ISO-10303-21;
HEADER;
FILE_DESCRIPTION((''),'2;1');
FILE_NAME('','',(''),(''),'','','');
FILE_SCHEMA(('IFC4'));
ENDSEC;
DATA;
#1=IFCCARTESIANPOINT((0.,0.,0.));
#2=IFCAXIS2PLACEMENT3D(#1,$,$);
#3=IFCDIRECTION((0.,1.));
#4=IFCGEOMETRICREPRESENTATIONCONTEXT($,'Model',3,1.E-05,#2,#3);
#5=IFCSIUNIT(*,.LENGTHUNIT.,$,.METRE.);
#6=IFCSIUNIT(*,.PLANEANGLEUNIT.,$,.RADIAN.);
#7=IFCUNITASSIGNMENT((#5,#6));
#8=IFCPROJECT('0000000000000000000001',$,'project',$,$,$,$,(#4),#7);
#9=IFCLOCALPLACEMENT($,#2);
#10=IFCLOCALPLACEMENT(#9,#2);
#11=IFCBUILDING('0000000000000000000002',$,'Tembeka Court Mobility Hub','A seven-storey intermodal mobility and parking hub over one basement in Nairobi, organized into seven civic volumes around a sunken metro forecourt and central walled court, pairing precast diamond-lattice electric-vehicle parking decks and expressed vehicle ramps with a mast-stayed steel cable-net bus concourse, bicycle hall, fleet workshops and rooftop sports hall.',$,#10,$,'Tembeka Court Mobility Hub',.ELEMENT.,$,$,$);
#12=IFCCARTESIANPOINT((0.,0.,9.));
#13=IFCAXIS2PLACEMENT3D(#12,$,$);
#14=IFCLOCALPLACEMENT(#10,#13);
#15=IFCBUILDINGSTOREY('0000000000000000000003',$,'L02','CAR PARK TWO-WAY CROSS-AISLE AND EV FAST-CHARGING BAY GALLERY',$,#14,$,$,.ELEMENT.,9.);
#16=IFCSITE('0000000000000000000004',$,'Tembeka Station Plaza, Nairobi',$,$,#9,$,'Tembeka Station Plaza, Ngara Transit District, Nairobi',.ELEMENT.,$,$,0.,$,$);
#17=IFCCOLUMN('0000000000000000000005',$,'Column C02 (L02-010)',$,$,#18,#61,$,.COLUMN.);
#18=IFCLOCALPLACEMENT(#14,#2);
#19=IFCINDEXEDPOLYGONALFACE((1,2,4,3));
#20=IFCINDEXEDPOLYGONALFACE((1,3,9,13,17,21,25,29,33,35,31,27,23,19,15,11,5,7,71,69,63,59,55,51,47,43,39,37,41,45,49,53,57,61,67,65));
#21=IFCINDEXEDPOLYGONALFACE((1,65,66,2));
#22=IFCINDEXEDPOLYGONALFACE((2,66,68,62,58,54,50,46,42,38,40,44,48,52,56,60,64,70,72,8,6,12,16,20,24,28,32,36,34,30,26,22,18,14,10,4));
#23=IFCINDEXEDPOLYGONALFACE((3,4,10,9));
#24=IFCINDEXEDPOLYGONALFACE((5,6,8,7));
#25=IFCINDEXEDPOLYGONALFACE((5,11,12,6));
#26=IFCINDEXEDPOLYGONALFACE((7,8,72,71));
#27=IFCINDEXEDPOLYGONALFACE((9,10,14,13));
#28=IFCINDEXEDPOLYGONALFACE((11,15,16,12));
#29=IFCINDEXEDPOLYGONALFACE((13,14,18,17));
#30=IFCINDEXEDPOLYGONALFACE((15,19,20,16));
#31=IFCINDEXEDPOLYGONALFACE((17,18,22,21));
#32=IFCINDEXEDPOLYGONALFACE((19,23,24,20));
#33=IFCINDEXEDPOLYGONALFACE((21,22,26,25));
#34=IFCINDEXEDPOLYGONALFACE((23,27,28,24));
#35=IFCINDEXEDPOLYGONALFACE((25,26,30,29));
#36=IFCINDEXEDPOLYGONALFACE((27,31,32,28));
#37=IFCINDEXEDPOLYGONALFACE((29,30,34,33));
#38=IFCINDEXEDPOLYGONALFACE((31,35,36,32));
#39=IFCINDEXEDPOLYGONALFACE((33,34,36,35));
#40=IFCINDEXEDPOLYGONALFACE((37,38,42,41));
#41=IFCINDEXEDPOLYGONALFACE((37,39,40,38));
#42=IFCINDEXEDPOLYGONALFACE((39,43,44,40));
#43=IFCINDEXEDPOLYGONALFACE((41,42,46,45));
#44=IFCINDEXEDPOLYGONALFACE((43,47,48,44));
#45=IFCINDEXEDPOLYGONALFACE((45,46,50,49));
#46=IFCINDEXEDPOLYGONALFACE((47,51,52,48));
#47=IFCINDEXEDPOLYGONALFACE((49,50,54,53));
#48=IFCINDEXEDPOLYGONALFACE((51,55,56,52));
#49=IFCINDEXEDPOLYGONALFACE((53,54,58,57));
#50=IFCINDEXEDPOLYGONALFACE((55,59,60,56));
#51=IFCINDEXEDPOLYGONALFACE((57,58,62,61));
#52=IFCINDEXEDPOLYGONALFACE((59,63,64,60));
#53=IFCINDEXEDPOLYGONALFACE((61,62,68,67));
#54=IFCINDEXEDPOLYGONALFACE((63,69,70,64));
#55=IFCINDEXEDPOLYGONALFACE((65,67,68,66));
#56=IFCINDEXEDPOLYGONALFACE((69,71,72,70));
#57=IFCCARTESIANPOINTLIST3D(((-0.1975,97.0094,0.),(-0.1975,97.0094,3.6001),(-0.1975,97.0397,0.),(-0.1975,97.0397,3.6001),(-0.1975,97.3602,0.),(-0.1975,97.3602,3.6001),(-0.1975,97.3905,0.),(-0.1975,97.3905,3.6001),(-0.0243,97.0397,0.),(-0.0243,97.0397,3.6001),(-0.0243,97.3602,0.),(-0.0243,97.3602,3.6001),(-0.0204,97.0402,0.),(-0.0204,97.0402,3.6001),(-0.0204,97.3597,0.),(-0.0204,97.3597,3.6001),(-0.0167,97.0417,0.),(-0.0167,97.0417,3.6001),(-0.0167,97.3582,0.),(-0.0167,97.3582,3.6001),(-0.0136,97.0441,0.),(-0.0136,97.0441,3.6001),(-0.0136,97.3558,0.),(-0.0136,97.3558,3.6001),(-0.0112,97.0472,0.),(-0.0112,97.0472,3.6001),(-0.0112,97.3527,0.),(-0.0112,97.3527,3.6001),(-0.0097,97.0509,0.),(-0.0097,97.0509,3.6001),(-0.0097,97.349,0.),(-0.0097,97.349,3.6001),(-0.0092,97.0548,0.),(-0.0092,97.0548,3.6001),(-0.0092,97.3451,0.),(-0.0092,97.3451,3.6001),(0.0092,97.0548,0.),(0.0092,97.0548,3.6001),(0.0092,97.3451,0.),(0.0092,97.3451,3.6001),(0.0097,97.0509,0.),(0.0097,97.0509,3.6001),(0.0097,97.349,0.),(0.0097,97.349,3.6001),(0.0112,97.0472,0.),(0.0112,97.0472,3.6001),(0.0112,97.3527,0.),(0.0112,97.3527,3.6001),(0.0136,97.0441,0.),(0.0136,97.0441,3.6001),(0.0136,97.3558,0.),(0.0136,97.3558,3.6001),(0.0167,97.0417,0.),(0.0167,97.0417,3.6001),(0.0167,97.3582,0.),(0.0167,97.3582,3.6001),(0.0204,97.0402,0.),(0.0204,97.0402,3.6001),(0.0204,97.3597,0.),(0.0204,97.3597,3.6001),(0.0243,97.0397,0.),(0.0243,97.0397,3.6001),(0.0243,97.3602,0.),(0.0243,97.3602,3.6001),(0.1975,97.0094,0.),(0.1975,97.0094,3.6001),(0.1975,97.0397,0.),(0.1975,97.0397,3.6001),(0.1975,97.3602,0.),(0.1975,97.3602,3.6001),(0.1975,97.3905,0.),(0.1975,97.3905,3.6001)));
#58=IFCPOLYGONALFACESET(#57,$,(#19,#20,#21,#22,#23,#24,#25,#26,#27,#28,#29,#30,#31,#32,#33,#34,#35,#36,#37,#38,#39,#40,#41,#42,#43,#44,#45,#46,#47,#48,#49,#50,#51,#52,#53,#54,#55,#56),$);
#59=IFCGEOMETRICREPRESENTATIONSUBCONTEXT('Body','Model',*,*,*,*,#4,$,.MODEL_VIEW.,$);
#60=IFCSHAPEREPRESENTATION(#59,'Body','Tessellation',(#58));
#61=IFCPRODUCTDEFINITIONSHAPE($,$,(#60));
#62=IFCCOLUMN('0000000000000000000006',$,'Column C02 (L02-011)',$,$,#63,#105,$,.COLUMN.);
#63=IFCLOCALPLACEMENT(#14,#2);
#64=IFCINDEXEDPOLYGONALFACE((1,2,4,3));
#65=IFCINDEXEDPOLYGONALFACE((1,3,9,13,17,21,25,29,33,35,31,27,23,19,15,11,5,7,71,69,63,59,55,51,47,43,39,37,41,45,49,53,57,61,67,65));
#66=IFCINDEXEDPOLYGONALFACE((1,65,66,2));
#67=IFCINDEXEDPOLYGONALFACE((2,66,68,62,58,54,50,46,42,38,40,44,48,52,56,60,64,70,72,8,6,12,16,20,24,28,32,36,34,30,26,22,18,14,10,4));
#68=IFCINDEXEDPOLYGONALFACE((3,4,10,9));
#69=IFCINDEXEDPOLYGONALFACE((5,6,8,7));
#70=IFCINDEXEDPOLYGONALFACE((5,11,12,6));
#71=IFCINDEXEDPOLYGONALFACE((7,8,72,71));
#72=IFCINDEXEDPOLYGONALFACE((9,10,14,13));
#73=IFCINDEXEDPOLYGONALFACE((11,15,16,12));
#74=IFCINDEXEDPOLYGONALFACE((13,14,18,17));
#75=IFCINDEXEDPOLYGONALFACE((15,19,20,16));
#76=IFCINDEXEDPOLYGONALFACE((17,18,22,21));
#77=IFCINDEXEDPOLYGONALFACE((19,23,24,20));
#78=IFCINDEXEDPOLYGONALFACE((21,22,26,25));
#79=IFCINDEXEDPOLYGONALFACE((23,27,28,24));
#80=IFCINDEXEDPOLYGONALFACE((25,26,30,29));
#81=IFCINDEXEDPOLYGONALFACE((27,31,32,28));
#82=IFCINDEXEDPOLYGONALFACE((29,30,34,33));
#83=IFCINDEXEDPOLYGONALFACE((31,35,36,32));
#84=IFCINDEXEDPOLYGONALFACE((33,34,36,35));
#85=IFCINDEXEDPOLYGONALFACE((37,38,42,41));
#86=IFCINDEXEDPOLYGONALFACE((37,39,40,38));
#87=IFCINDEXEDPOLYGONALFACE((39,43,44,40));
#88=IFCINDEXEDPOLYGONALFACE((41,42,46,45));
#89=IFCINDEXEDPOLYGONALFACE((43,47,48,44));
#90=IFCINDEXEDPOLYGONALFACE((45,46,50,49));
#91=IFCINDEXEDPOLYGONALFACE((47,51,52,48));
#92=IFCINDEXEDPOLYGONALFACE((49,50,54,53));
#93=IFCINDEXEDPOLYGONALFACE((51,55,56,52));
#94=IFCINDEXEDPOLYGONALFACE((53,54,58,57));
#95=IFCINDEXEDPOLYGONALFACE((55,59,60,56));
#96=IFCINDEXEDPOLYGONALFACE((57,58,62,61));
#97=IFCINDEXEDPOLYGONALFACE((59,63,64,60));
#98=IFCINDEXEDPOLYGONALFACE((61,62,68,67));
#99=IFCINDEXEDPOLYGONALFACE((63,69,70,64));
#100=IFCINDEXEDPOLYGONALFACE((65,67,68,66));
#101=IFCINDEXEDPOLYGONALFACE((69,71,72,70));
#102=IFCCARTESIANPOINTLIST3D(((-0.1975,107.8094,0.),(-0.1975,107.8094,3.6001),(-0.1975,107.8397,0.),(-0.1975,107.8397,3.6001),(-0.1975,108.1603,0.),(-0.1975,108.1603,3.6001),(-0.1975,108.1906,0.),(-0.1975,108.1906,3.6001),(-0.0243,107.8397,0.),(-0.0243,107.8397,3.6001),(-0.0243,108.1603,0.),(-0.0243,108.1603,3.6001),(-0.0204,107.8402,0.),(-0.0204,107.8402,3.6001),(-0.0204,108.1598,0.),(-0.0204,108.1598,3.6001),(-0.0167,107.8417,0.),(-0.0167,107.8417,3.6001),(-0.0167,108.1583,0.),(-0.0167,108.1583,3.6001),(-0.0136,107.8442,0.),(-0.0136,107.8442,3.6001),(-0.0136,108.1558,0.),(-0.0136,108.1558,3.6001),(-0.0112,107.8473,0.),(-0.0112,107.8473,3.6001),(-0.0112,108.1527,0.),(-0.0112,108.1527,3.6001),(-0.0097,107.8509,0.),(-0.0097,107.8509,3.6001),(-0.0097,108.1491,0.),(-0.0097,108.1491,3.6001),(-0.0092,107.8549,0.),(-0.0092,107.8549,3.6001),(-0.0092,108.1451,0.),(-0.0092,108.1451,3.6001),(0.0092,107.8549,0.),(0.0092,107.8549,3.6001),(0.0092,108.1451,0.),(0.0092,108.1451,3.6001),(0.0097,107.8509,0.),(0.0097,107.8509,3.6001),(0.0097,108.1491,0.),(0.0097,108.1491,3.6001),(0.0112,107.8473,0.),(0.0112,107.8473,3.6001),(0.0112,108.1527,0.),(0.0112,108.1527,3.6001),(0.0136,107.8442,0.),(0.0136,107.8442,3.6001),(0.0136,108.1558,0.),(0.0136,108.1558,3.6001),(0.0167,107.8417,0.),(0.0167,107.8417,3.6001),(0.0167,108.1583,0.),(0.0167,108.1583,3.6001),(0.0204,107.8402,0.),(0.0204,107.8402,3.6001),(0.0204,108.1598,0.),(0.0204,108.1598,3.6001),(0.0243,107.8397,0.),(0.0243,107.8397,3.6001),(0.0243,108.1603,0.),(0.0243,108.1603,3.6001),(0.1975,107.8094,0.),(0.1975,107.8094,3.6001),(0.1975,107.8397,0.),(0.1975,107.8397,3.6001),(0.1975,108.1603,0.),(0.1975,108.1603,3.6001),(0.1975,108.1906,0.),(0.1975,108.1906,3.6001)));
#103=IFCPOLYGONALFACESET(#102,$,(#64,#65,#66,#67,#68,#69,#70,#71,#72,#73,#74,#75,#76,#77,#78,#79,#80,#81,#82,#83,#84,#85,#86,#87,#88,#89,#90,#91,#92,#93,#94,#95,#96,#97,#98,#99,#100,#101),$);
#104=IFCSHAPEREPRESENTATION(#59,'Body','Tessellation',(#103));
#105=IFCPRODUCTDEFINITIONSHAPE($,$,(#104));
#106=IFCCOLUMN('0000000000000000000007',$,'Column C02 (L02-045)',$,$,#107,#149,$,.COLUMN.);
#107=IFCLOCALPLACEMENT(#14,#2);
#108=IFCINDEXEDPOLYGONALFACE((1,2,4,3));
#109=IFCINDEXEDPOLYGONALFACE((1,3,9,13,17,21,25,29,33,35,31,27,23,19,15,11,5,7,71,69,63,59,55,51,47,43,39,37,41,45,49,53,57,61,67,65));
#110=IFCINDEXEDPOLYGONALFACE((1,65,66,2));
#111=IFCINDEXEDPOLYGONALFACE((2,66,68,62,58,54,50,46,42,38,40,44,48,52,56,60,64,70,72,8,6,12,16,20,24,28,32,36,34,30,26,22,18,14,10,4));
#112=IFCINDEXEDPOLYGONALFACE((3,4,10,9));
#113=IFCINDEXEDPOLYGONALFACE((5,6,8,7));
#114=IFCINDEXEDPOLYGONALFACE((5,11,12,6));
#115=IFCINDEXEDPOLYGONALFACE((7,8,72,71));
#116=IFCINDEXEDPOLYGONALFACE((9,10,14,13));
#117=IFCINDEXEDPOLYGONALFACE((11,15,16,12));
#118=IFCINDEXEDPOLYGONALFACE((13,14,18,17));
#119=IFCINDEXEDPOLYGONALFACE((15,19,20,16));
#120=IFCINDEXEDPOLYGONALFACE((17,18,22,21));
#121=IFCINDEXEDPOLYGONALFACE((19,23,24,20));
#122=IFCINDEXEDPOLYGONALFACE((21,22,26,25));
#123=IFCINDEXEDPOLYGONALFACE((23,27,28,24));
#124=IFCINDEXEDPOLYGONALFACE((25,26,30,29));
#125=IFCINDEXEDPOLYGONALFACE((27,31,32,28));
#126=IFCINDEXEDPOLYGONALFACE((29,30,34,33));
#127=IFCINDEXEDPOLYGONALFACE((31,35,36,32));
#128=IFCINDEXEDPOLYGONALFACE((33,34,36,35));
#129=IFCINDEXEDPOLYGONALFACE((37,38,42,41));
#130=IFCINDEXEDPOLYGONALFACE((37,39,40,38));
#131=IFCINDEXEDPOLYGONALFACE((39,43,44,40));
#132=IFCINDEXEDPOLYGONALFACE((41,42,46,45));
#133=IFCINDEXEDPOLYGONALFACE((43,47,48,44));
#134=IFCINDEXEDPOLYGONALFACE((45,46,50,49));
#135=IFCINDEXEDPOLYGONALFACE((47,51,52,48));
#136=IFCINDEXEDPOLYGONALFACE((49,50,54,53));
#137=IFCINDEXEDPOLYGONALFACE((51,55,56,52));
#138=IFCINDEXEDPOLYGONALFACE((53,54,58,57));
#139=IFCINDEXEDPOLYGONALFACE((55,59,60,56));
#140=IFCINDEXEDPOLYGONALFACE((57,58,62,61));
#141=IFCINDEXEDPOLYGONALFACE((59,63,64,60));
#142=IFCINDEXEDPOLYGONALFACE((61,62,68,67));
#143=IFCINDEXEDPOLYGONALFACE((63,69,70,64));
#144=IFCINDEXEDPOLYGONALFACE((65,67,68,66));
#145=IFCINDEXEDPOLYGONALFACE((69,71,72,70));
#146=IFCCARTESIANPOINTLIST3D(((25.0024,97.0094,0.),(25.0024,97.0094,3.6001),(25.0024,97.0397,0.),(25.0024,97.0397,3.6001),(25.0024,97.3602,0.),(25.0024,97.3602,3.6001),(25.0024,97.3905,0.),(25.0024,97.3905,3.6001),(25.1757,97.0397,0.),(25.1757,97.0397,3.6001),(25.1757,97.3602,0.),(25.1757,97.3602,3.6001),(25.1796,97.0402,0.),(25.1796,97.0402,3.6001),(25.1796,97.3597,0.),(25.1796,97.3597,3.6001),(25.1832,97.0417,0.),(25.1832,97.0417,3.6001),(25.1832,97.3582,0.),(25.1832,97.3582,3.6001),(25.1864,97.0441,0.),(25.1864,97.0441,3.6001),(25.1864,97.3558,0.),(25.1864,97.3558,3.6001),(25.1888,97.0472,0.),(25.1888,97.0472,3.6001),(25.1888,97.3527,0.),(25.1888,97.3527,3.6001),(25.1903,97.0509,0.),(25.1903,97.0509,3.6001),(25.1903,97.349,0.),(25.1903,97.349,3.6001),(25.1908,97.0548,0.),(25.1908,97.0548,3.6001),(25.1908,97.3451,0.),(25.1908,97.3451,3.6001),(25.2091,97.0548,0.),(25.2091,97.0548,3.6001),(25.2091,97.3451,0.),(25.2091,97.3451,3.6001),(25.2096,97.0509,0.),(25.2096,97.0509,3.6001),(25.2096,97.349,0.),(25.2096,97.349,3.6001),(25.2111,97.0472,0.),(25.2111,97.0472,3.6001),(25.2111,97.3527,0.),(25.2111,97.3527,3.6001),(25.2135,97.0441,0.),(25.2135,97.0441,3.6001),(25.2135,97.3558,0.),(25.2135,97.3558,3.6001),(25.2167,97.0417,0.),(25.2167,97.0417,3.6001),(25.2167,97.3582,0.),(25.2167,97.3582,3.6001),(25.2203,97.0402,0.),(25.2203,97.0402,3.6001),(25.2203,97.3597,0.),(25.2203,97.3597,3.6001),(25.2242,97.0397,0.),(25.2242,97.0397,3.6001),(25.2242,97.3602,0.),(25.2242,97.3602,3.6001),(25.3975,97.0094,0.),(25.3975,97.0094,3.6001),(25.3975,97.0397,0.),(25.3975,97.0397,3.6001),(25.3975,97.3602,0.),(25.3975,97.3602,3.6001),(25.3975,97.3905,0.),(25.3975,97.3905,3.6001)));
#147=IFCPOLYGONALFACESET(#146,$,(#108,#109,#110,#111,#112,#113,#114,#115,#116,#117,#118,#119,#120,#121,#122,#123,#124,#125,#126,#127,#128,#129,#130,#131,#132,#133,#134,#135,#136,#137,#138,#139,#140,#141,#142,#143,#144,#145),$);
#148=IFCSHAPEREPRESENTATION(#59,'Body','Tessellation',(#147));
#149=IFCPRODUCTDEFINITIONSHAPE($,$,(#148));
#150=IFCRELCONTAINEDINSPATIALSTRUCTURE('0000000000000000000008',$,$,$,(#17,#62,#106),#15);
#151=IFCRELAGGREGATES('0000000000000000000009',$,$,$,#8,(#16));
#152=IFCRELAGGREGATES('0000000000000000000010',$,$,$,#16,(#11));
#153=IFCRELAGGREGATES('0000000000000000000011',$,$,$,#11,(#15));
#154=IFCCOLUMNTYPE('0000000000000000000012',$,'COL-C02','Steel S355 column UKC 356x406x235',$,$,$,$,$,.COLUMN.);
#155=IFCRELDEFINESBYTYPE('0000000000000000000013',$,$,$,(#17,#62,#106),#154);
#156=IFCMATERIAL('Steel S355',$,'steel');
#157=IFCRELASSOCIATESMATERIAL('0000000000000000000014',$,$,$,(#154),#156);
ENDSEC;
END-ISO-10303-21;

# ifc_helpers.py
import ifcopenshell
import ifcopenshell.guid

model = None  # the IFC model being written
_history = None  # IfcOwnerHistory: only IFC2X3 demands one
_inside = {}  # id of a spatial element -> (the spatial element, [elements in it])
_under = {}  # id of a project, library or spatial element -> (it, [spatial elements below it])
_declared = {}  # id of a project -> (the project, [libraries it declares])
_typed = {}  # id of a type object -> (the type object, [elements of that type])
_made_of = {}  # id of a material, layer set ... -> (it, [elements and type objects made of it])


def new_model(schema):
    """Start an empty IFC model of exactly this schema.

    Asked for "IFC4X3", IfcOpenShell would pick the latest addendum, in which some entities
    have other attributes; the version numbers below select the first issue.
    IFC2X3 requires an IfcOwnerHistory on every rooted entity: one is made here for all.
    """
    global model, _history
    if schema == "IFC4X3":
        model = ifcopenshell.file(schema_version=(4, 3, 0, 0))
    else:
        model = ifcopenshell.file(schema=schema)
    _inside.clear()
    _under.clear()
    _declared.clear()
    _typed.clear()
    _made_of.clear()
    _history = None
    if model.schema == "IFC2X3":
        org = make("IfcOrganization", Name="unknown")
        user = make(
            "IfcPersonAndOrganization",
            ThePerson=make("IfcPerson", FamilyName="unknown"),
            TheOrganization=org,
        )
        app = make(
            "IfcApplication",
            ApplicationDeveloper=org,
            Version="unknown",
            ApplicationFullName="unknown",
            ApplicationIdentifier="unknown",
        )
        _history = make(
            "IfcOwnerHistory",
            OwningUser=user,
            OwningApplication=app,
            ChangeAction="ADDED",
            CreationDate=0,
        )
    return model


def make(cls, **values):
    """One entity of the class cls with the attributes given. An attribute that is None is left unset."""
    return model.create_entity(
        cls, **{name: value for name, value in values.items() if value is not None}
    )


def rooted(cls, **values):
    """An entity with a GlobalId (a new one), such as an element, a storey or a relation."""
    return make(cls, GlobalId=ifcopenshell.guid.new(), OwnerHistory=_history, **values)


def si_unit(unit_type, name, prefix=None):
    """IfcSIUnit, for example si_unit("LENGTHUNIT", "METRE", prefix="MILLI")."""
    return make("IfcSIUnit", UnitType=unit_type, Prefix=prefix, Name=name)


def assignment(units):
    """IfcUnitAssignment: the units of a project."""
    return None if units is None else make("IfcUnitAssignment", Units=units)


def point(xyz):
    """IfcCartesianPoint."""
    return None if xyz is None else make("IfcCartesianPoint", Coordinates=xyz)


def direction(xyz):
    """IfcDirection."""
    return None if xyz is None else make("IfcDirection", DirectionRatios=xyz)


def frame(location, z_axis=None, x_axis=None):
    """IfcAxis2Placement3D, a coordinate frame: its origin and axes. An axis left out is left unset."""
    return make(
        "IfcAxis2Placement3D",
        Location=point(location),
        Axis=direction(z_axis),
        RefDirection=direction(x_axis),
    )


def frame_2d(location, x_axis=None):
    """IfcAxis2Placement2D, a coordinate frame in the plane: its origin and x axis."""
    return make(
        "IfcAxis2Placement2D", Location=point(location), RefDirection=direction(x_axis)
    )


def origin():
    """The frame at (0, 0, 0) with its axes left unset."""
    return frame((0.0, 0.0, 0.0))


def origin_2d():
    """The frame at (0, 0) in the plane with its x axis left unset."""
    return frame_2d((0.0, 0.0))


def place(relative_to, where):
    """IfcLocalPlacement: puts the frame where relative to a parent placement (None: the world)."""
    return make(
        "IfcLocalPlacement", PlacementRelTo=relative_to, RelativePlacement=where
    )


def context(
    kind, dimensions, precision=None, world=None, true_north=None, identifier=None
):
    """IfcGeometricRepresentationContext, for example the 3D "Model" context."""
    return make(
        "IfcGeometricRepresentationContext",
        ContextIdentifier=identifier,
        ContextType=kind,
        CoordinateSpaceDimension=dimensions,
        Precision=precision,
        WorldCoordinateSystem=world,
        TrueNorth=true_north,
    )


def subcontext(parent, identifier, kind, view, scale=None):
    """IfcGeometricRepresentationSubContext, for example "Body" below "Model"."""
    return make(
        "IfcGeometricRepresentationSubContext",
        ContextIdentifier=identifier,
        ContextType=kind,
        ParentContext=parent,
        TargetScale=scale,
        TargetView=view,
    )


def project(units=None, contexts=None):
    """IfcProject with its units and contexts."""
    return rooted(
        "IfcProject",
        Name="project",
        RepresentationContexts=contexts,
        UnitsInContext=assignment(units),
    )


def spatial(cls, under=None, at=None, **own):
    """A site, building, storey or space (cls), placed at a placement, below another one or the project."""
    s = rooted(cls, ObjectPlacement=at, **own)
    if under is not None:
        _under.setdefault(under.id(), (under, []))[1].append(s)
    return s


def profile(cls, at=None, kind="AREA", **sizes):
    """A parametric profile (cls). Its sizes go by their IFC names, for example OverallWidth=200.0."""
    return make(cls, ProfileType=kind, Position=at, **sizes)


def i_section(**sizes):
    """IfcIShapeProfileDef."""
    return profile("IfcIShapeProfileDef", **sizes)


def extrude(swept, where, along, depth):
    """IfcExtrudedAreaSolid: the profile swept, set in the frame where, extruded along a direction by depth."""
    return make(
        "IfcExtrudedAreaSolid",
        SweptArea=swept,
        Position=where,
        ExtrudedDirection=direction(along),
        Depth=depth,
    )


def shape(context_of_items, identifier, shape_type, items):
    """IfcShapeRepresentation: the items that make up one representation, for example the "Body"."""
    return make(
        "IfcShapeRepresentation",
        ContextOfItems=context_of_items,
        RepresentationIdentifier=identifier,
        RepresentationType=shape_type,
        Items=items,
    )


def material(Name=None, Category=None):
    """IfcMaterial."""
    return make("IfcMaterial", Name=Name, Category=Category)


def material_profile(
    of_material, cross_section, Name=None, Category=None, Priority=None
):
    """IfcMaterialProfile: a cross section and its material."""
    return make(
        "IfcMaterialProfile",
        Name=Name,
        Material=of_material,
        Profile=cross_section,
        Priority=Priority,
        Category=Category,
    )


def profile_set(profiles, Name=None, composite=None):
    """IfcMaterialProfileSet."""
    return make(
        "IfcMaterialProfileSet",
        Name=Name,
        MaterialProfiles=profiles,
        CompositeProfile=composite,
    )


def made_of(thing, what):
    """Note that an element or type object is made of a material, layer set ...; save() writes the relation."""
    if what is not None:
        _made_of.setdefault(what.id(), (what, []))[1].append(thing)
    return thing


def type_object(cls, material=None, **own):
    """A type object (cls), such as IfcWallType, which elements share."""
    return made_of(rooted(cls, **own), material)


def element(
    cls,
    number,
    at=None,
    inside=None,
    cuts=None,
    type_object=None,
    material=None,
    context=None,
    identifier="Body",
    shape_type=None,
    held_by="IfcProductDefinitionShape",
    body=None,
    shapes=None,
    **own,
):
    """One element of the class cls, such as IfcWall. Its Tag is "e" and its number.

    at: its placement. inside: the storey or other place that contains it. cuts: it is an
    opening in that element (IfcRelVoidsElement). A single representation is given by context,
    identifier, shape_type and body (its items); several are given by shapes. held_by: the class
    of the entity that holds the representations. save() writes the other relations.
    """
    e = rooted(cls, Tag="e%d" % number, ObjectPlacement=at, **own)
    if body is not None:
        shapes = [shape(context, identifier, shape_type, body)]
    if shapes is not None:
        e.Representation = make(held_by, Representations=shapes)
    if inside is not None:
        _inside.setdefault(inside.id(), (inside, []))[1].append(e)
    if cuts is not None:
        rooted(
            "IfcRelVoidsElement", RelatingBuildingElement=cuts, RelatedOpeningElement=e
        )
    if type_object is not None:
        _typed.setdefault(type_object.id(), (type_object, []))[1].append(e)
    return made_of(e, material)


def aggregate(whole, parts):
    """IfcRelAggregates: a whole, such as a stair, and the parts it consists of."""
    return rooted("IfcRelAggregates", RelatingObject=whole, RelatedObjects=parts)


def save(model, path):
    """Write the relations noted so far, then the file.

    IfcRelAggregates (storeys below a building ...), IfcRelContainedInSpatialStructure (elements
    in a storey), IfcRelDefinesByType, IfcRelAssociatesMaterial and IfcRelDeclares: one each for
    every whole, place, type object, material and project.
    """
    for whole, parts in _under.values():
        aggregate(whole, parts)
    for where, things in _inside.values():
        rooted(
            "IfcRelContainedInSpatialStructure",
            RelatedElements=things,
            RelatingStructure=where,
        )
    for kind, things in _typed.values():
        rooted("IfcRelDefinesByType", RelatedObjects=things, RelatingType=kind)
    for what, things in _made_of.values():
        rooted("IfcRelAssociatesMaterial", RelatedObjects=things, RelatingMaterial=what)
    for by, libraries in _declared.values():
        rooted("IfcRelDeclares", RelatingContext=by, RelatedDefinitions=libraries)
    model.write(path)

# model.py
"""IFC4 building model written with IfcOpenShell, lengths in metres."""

from ifc_helpers import new_model, si_unit, direction, frame, origin, origin_2d, place, context, subcontext, project, spatial, i_section, extrude, material, material_profile, profile_set, type_object, element, save


model = new_model("IFC4")

# Units and contexts
model_context = context("Model", 3, precision=1e-05, world=origin(), true_north=direction((0.0, 1.0)))
body_context = subcontext(model_context, "Body", "Model", "MODEL_VIEW")
ifc_project = project(units=[si_unit("LENGTHUNIT", "METRE"), si_unit("PLANEANGLEUNIT", "RADIAN")], contexts=[model_context])

# Site, building, storey
site_placement = place(None, origin())
site = spatial("IfcSite", under=ifc_project, at=site_placement, Name="Tembeka Station Plaza, Nairobi", LongName="Tembeka Station Plaza, Ngara Transit District, Nairobi", CompositionType="ELEMENT", RefElevation=0.0)
building_placement = place(site_placement, origin())
building = spatial("IfcBuilding", under=site, at=building_placement, Name="Tembeka Court Mobility Hub", Description="A seven-storey intermodal mobility and parking hub over one basement in Nairobi, organized into seven civic volumes around a sunken metro forecourt and central walled court, pairing precast diamond-lattice electric-vehicle parking decks and expressed vehicle ramps with a mast-stayed steel cable-net bus concourse, bicycle hall, fleet workshops and rooftop sports hall.", LongName="Tembeka Court Mobility Hub", CompositionType="ELEMENT")
storey_placement = place(building_placement, frame((0.0, 0.0, 9.0)))
storey = spatial("IfcBuildingStorey", under=building, at=storey_placement, Name="L02", Description="CAR PARK TWO-WAY CROSS-AISLE AND EV FAST-CHARGING BAY GALLERY", CompositionType="ELEMENT", Elevation=9.0)

# Columns
ifc_material_1 = material(Name="Steel S355", Category="steel")
ifc_material_profile_1 = material_profile(ifc_material_1, i_section(OverallWidth=0.395, OverallDepth=0.3811, WebThickness=0.0183, FlangeThickness=0.0303, FilletRadius=0.0151, at=origin_2d()), Name="UKC 356x406x235")
ifc_profile_set_1 = profile_set([ifc_material_profile_1], Name="Steel S355")
column_type_1 = type_object("IfcColumnType", Name="COL-C02", Description="Steel S355 column UKC 356x406x235", PredefinedType="COLUMN", material=ifc_profile_set_1)
for number, where, z_axis, x_axis, name in (
    (1, (0.0, 97.2, 0.0), (0.0, 0.0, 1.0), (1.0, 0.0, 0.0), "Column C02 (L02-010)"),
    (2, (0.0, 108.0, 0.0), (0.0, 0.0, 1.0), (1.0, 0.0, 0.0), "Column C02 (L02-011)"),
    (3, (25.2, 97.2, 0.0), (0.0, 0.0, 1.0), (1.0, 0.0, 0.0), "Column C02 (L02-045)"),
):
    element("IfcColumn", number, at=place(storey_placement, frame(where, z_axis=z_axis, x_axis=x_axis)), inside=storey, type_object=column_type_1, Name=name, PredefinedType="COLUMN", context=body_context, shape_type="SweptSolid", body=[
        extrude(i_section(OverallWidth=0.395, OverallDepth=0.3811, WebThickness=0.0183, FlangeThickness=0.0303, FilletRadius=0.0151, at=origin_2d()), origin(), (0.0, 0.0, 1.0), 3.6001),
    ])

save(model, "model.ifc")
